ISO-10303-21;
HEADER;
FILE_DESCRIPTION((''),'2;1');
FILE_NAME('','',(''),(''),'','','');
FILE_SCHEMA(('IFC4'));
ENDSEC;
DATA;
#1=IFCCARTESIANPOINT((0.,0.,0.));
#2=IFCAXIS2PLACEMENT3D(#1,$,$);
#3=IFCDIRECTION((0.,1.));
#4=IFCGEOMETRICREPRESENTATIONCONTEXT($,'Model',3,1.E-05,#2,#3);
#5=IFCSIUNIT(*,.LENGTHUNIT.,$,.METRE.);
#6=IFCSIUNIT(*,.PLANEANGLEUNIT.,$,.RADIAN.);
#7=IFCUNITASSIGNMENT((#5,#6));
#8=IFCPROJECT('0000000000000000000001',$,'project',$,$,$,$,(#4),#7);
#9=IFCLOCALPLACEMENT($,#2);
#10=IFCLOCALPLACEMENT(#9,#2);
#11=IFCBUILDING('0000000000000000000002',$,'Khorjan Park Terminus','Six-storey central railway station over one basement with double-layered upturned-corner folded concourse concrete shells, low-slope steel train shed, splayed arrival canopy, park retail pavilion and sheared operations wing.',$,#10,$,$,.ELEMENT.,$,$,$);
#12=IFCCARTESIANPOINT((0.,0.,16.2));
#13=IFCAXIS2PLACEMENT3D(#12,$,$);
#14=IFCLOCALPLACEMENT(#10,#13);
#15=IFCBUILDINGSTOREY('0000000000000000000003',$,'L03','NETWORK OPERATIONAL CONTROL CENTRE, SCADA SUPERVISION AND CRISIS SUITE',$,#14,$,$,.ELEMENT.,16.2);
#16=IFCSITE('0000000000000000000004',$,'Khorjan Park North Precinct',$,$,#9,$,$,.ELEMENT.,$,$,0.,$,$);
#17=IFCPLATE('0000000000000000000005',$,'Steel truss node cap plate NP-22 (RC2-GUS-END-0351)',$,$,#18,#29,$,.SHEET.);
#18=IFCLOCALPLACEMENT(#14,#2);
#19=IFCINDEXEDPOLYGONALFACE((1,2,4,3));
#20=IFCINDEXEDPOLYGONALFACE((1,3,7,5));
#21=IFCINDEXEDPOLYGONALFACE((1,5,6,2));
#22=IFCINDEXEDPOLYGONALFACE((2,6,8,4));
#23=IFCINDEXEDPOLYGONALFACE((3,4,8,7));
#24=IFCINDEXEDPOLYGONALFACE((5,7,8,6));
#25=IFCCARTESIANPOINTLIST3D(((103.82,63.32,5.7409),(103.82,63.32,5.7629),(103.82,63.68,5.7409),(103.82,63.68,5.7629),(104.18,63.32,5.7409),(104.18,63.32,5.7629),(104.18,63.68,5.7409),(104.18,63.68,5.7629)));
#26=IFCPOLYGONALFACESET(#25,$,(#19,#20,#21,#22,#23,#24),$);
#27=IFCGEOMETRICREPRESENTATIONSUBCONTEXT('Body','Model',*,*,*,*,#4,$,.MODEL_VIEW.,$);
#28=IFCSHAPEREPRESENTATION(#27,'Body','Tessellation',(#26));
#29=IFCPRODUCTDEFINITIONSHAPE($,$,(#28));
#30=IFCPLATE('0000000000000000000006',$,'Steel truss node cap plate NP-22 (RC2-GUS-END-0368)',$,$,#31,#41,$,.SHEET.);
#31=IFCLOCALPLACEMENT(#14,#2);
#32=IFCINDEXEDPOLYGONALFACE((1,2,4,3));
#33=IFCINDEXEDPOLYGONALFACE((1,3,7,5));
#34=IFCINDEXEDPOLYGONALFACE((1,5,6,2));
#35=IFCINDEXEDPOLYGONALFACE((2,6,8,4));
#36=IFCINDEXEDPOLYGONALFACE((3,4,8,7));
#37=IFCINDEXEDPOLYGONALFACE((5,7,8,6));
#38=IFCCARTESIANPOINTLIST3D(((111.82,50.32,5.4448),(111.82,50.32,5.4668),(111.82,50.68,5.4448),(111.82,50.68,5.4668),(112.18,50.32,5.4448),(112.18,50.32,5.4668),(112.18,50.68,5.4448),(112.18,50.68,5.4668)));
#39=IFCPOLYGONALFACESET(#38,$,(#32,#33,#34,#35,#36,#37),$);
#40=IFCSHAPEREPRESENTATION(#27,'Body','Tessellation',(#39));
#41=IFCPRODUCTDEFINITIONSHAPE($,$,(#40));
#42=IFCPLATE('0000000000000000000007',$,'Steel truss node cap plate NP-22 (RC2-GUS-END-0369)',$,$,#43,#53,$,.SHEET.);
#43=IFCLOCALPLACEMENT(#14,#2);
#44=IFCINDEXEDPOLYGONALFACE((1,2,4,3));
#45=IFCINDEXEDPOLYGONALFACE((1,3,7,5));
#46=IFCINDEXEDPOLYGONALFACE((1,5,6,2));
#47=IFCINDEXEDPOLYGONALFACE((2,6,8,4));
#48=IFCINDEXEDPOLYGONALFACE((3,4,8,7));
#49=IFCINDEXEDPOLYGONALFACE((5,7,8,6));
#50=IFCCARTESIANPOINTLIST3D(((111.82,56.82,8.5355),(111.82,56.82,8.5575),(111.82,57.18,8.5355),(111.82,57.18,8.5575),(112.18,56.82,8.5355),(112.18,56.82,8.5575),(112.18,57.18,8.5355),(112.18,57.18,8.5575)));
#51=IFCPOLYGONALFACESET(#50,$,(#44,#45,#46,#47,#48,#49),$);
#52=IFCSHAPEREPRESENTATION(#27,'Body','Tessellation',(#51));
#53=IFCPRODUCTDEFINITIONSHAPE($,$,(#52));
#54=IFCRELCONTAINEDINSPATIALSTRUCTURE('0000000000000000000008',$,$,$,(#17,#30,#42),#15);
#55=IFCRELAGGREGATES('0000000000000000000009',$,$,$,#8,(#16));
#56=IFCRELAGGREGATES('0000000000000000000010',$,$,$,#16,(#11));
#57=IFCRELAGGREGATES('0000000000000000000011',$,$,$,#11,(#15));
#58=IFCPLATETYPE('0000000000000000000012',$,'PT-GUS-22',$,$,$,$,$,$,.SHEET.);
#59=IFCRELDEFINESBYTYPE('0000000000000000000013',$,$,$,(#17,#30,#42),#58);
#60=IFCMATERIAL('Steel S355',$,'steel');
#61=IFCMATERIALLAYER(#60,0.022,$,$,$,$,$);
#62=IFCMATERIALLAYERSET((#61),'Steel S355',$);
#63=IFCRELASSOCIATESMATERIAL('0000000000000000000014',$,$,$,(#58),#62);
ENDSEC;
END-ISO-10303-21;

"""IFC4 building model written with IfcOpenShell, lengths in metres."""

from ifc_helpers import new_model, si_unit, direction, frame, origin, origin_2d, place, context, subcontext, project, spatial, rectangle, extrude, material, layer, layer_set, type_object, element, save


model = new_model("IFC4")

# Units and contexts
model_context = context("Model", 3, precision=1e-05, world=origin(), true_north=direction((0.0, 1.0)))
body_context = subcontext(model_context, "Body", "Model", "MODEL_VIEW")
ifc_project = project(units=[si_unit("LENGTHUNIT", "METRE"), si_unit("PLANEANGLEUNIT", "RADIAN")], contexts=[model_context])

# Site, building, storey
site_placement = place(None, origin())
site = spatial("IfcSite", under=ifc_project, at=site_placement, Name="Khorjan Park North Precinct", CompositionType="ELEMENT", RefElevation=0.0)
building_placement = place(site_placement, origin())
building = spatial("IfcBuilding", under=site, at=building_placement, Name="Khorjan Park Terminus", Description="Six-storey central railway station over one basement with double-layered upturned-corner folded concourse concrete shells, low-slope steel train shed, splayed arrival canopy, park retail pavilion and sheared operations wing.", CompositionType="ELEMENT")
storey_placement = place(building_placement, frame((0.0, 0.0, 16.2)))
storey = spatial("IfcBuildingStorey", under=building, at=storey_placement, Name="L03", Description="NETWORK OPERATIONAL CONTROL CENTRE, SCADA SUPERVISION AND CRISIS SUITE", CompositionType="ELEMENT", Elevation=16.2)

# Shared definitions
ifc_material = material(Name="Steel S355", Category="steel")

# Plates
ifc_layer = layer(ifc_material, 0.022)
ifc_layer_set = layer_set([ifc_layer], Name="Steel S355")
plate_type = type_object("IfcPlateType", Name="PT-GUS-22", PredefinedType="SHEET", material=ifc_layer_set)
for number, where, z_axis, x_axis, name in (
    (1, (104.0, 63.5, 5.7409), (0.0, 0.0, 1.0), (1.0, 0.0, 0.0), "Steel truss node cap plate NP-22 (RC2-GUS-END-0351)"),
    (2, (112.0, 50.5, 5.4448), (0.0, 0.0, 1.0), (1.0, 0.0, 0.0), "Steel truss node cap plate NP-22 (RC2-GUS-END-0368)"),
    (3, (112.0, 57.0, 8.5355), (0.0, 0.0, 1.0), (1.0, 0.0, 0.0), "Steel truss node cap plate NP-22 (RC2-GUS-END-0369)"),
):
    element("IfcPlate", number, at=place(storey_placement, frame(where, z_axis=z_axis, x_axis=x_axis)), inside=storey, type_object=plate_type, Name=name, PredefinedType="SHEET", context=body_context, shape_type="SweptSolid", body=[
        extrude(rectangle(XDim=0.36, YDim=0.36, at=origin_2d()), origin(), (0.0, 0.0, 1.0), 0.022),
    ])

save(model, "model.ifc")
